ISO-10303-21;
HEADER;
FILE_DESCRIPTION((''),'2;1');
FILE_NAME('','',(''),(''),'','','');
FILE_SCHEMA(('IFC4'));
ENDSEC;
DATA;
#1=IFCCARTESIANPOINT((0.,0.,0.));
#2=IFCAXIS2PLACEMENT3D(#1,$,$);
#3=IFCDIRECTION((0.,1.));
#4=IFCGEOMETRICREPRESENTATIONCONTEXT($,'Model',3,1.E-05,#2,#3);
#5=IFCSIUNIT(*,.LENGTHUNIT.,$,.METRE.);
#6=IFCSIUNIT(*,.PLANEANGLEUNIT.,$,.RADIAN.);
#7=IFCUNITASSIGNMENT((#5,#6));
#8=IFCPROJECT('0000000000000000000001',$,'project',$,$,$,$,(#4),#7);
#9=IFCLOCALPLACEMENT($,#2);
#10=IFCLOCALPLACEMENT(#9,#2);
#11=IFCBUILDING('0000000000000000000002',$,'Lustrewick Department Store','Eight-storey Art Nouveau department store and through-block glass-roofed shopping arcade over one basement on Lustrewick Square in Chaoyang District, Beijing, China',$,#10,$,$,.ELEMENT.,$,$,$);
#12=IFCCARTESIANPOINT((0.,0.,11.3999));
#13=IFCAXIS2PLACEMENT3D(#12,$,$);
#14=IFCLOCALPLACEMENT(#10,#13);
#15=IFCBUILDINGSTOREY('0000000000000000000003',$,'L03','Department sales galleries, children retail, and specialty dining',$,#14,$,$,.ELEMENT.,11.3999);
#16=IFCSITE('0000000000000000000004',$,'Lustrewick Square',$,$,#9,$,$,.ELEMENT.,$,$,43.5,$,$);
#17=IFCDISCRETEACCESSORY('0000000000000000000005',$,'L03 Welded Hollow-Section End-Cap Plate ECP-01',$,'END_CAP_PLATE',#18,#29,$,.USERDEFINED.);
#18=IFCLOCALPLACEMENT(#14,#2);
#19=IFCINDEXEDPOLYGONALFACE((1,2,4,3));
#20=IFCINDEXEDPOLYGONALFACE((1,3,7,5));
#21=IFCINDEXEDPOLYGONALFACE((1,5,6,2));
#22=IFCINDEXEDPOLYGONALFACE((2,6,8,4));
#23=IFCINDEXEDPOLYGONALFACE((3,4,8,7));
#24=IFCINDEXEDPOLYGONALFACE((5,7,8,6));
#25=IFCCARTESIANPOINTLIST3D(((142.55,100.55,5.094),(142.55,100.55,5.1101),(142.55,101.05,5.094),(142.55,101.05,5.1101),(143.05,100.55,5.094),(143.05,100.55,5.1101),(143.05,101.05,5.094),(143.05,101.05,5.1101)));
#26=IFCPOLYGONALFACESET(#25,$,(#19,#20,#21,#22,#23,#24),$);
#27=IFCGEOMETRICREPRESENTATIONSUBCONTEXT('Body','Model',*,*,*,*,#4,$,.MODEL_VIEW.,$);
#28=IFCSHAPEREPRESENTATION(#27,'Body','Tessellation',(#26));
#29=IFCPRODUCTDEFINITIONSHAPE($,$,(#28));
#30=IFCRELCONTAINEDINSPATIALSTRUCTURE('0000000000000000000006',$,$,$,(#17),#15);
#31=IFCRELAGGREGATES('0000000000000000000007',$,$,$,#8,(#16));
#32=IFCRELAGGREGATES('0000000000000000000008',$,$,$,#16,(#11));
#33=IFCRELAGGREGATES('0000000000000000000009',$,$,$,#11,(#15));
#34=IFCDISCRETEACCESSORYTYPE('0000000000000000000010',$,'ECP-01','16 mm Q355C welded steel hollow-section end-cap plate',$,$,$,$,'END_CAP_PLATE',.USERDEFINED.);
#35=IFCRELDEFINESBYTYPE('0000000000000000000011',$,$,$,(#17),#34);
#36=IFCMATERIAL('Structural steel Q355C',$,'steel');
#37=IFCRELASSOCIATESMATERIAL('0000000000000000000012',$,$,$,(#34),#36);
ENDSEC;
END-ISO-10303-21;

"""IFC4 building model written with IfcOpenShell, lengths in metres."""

from ifc_helpers import new_model, si_unit, direction, frame, origin, origin_2d, place, context, subcontext, project, spatial, rectangle, extrude, material, type_object, element, save


model = new_model("IFC4")

# Units and contexts
model_context = context("Model", 3, precision=1e-05, world=origin(), true_north=direction((0.0, 1.0)))
body_context = subcontext(model_context, "Body", "Model", "MODEL_VIEW")
ifc_project = project(units=[si_unit("LENGTHUNIT", "METRE"), si_unit("PLANEANGLEUNIT", "RADIAN")], contexts=[model_context])

# Site, building, storey
site_placement = place(None, origin())
site = spatial("IfcSite", under=ifc_project, at=site_placement, Name="Lustrewick Square", CompositionType="ELEMENT", RefElevation=43.5)
building_placement = place(site_placement, origin())
building = spatial("IfcBuilding", under=site, at=building_placement, Name="Lustrewick Department Store", Description="Eight-storey Art Nouveau department store and through-block glass-roofed shopping arcade over one basement on Lustrewick Square in Chaoyang District, Beijing, China", CompositionType="ELEMENT")
storey_placement = place(building_placement, frame((0.0, 0.0, 11.3999)))
storey = spatial("IfcBuildingStorey", under=building, at=storey_placement, Name="L03", Description="Department sales galleries, children retail, and specialty dining", CompositionType="ELEMENT", Elevation=11.3999)

# Shared definitions
ifc_material_1 = material(Name="Structural steel Q355C", Category="steel")

# Discrete accessory
discrete_accessory_type = type_object("IfcDiscreteAccessoryType", Name="ECP-01", Description="16 mm Q355C welded steel hollow-section end-cap plate", ElementType="END_CAP_PLATE", PredefinedType="USERDEFINED", material=ifc_material_1)
discrete_accessory_placement = place(storey_placement, frame((142.8, 100.8, 5.094), z_axis=(0.0, 0.0, 1.0), x_axis=(1.0, 0.0, 0.0)))
element("IfcDiscreteAccessory", 1, at=discrete_accessory_placement, inside=storey, type_object=discrete_accessory_type, Name="L03 Welded Hollow-Section End-Cap Plate ECP-01", ObjectType="END_CAP_PLATE", PredefinedType="USERDEFINED", context=body_context, shape_type="SweptSolid", body=[
    extrude(rectangle(XDim=0.5, YDim=0.5, at=origin_2d()), origin(), (0.0, 0.0, 1.0), 0.0161),
])

save(model, "model.ifc")
